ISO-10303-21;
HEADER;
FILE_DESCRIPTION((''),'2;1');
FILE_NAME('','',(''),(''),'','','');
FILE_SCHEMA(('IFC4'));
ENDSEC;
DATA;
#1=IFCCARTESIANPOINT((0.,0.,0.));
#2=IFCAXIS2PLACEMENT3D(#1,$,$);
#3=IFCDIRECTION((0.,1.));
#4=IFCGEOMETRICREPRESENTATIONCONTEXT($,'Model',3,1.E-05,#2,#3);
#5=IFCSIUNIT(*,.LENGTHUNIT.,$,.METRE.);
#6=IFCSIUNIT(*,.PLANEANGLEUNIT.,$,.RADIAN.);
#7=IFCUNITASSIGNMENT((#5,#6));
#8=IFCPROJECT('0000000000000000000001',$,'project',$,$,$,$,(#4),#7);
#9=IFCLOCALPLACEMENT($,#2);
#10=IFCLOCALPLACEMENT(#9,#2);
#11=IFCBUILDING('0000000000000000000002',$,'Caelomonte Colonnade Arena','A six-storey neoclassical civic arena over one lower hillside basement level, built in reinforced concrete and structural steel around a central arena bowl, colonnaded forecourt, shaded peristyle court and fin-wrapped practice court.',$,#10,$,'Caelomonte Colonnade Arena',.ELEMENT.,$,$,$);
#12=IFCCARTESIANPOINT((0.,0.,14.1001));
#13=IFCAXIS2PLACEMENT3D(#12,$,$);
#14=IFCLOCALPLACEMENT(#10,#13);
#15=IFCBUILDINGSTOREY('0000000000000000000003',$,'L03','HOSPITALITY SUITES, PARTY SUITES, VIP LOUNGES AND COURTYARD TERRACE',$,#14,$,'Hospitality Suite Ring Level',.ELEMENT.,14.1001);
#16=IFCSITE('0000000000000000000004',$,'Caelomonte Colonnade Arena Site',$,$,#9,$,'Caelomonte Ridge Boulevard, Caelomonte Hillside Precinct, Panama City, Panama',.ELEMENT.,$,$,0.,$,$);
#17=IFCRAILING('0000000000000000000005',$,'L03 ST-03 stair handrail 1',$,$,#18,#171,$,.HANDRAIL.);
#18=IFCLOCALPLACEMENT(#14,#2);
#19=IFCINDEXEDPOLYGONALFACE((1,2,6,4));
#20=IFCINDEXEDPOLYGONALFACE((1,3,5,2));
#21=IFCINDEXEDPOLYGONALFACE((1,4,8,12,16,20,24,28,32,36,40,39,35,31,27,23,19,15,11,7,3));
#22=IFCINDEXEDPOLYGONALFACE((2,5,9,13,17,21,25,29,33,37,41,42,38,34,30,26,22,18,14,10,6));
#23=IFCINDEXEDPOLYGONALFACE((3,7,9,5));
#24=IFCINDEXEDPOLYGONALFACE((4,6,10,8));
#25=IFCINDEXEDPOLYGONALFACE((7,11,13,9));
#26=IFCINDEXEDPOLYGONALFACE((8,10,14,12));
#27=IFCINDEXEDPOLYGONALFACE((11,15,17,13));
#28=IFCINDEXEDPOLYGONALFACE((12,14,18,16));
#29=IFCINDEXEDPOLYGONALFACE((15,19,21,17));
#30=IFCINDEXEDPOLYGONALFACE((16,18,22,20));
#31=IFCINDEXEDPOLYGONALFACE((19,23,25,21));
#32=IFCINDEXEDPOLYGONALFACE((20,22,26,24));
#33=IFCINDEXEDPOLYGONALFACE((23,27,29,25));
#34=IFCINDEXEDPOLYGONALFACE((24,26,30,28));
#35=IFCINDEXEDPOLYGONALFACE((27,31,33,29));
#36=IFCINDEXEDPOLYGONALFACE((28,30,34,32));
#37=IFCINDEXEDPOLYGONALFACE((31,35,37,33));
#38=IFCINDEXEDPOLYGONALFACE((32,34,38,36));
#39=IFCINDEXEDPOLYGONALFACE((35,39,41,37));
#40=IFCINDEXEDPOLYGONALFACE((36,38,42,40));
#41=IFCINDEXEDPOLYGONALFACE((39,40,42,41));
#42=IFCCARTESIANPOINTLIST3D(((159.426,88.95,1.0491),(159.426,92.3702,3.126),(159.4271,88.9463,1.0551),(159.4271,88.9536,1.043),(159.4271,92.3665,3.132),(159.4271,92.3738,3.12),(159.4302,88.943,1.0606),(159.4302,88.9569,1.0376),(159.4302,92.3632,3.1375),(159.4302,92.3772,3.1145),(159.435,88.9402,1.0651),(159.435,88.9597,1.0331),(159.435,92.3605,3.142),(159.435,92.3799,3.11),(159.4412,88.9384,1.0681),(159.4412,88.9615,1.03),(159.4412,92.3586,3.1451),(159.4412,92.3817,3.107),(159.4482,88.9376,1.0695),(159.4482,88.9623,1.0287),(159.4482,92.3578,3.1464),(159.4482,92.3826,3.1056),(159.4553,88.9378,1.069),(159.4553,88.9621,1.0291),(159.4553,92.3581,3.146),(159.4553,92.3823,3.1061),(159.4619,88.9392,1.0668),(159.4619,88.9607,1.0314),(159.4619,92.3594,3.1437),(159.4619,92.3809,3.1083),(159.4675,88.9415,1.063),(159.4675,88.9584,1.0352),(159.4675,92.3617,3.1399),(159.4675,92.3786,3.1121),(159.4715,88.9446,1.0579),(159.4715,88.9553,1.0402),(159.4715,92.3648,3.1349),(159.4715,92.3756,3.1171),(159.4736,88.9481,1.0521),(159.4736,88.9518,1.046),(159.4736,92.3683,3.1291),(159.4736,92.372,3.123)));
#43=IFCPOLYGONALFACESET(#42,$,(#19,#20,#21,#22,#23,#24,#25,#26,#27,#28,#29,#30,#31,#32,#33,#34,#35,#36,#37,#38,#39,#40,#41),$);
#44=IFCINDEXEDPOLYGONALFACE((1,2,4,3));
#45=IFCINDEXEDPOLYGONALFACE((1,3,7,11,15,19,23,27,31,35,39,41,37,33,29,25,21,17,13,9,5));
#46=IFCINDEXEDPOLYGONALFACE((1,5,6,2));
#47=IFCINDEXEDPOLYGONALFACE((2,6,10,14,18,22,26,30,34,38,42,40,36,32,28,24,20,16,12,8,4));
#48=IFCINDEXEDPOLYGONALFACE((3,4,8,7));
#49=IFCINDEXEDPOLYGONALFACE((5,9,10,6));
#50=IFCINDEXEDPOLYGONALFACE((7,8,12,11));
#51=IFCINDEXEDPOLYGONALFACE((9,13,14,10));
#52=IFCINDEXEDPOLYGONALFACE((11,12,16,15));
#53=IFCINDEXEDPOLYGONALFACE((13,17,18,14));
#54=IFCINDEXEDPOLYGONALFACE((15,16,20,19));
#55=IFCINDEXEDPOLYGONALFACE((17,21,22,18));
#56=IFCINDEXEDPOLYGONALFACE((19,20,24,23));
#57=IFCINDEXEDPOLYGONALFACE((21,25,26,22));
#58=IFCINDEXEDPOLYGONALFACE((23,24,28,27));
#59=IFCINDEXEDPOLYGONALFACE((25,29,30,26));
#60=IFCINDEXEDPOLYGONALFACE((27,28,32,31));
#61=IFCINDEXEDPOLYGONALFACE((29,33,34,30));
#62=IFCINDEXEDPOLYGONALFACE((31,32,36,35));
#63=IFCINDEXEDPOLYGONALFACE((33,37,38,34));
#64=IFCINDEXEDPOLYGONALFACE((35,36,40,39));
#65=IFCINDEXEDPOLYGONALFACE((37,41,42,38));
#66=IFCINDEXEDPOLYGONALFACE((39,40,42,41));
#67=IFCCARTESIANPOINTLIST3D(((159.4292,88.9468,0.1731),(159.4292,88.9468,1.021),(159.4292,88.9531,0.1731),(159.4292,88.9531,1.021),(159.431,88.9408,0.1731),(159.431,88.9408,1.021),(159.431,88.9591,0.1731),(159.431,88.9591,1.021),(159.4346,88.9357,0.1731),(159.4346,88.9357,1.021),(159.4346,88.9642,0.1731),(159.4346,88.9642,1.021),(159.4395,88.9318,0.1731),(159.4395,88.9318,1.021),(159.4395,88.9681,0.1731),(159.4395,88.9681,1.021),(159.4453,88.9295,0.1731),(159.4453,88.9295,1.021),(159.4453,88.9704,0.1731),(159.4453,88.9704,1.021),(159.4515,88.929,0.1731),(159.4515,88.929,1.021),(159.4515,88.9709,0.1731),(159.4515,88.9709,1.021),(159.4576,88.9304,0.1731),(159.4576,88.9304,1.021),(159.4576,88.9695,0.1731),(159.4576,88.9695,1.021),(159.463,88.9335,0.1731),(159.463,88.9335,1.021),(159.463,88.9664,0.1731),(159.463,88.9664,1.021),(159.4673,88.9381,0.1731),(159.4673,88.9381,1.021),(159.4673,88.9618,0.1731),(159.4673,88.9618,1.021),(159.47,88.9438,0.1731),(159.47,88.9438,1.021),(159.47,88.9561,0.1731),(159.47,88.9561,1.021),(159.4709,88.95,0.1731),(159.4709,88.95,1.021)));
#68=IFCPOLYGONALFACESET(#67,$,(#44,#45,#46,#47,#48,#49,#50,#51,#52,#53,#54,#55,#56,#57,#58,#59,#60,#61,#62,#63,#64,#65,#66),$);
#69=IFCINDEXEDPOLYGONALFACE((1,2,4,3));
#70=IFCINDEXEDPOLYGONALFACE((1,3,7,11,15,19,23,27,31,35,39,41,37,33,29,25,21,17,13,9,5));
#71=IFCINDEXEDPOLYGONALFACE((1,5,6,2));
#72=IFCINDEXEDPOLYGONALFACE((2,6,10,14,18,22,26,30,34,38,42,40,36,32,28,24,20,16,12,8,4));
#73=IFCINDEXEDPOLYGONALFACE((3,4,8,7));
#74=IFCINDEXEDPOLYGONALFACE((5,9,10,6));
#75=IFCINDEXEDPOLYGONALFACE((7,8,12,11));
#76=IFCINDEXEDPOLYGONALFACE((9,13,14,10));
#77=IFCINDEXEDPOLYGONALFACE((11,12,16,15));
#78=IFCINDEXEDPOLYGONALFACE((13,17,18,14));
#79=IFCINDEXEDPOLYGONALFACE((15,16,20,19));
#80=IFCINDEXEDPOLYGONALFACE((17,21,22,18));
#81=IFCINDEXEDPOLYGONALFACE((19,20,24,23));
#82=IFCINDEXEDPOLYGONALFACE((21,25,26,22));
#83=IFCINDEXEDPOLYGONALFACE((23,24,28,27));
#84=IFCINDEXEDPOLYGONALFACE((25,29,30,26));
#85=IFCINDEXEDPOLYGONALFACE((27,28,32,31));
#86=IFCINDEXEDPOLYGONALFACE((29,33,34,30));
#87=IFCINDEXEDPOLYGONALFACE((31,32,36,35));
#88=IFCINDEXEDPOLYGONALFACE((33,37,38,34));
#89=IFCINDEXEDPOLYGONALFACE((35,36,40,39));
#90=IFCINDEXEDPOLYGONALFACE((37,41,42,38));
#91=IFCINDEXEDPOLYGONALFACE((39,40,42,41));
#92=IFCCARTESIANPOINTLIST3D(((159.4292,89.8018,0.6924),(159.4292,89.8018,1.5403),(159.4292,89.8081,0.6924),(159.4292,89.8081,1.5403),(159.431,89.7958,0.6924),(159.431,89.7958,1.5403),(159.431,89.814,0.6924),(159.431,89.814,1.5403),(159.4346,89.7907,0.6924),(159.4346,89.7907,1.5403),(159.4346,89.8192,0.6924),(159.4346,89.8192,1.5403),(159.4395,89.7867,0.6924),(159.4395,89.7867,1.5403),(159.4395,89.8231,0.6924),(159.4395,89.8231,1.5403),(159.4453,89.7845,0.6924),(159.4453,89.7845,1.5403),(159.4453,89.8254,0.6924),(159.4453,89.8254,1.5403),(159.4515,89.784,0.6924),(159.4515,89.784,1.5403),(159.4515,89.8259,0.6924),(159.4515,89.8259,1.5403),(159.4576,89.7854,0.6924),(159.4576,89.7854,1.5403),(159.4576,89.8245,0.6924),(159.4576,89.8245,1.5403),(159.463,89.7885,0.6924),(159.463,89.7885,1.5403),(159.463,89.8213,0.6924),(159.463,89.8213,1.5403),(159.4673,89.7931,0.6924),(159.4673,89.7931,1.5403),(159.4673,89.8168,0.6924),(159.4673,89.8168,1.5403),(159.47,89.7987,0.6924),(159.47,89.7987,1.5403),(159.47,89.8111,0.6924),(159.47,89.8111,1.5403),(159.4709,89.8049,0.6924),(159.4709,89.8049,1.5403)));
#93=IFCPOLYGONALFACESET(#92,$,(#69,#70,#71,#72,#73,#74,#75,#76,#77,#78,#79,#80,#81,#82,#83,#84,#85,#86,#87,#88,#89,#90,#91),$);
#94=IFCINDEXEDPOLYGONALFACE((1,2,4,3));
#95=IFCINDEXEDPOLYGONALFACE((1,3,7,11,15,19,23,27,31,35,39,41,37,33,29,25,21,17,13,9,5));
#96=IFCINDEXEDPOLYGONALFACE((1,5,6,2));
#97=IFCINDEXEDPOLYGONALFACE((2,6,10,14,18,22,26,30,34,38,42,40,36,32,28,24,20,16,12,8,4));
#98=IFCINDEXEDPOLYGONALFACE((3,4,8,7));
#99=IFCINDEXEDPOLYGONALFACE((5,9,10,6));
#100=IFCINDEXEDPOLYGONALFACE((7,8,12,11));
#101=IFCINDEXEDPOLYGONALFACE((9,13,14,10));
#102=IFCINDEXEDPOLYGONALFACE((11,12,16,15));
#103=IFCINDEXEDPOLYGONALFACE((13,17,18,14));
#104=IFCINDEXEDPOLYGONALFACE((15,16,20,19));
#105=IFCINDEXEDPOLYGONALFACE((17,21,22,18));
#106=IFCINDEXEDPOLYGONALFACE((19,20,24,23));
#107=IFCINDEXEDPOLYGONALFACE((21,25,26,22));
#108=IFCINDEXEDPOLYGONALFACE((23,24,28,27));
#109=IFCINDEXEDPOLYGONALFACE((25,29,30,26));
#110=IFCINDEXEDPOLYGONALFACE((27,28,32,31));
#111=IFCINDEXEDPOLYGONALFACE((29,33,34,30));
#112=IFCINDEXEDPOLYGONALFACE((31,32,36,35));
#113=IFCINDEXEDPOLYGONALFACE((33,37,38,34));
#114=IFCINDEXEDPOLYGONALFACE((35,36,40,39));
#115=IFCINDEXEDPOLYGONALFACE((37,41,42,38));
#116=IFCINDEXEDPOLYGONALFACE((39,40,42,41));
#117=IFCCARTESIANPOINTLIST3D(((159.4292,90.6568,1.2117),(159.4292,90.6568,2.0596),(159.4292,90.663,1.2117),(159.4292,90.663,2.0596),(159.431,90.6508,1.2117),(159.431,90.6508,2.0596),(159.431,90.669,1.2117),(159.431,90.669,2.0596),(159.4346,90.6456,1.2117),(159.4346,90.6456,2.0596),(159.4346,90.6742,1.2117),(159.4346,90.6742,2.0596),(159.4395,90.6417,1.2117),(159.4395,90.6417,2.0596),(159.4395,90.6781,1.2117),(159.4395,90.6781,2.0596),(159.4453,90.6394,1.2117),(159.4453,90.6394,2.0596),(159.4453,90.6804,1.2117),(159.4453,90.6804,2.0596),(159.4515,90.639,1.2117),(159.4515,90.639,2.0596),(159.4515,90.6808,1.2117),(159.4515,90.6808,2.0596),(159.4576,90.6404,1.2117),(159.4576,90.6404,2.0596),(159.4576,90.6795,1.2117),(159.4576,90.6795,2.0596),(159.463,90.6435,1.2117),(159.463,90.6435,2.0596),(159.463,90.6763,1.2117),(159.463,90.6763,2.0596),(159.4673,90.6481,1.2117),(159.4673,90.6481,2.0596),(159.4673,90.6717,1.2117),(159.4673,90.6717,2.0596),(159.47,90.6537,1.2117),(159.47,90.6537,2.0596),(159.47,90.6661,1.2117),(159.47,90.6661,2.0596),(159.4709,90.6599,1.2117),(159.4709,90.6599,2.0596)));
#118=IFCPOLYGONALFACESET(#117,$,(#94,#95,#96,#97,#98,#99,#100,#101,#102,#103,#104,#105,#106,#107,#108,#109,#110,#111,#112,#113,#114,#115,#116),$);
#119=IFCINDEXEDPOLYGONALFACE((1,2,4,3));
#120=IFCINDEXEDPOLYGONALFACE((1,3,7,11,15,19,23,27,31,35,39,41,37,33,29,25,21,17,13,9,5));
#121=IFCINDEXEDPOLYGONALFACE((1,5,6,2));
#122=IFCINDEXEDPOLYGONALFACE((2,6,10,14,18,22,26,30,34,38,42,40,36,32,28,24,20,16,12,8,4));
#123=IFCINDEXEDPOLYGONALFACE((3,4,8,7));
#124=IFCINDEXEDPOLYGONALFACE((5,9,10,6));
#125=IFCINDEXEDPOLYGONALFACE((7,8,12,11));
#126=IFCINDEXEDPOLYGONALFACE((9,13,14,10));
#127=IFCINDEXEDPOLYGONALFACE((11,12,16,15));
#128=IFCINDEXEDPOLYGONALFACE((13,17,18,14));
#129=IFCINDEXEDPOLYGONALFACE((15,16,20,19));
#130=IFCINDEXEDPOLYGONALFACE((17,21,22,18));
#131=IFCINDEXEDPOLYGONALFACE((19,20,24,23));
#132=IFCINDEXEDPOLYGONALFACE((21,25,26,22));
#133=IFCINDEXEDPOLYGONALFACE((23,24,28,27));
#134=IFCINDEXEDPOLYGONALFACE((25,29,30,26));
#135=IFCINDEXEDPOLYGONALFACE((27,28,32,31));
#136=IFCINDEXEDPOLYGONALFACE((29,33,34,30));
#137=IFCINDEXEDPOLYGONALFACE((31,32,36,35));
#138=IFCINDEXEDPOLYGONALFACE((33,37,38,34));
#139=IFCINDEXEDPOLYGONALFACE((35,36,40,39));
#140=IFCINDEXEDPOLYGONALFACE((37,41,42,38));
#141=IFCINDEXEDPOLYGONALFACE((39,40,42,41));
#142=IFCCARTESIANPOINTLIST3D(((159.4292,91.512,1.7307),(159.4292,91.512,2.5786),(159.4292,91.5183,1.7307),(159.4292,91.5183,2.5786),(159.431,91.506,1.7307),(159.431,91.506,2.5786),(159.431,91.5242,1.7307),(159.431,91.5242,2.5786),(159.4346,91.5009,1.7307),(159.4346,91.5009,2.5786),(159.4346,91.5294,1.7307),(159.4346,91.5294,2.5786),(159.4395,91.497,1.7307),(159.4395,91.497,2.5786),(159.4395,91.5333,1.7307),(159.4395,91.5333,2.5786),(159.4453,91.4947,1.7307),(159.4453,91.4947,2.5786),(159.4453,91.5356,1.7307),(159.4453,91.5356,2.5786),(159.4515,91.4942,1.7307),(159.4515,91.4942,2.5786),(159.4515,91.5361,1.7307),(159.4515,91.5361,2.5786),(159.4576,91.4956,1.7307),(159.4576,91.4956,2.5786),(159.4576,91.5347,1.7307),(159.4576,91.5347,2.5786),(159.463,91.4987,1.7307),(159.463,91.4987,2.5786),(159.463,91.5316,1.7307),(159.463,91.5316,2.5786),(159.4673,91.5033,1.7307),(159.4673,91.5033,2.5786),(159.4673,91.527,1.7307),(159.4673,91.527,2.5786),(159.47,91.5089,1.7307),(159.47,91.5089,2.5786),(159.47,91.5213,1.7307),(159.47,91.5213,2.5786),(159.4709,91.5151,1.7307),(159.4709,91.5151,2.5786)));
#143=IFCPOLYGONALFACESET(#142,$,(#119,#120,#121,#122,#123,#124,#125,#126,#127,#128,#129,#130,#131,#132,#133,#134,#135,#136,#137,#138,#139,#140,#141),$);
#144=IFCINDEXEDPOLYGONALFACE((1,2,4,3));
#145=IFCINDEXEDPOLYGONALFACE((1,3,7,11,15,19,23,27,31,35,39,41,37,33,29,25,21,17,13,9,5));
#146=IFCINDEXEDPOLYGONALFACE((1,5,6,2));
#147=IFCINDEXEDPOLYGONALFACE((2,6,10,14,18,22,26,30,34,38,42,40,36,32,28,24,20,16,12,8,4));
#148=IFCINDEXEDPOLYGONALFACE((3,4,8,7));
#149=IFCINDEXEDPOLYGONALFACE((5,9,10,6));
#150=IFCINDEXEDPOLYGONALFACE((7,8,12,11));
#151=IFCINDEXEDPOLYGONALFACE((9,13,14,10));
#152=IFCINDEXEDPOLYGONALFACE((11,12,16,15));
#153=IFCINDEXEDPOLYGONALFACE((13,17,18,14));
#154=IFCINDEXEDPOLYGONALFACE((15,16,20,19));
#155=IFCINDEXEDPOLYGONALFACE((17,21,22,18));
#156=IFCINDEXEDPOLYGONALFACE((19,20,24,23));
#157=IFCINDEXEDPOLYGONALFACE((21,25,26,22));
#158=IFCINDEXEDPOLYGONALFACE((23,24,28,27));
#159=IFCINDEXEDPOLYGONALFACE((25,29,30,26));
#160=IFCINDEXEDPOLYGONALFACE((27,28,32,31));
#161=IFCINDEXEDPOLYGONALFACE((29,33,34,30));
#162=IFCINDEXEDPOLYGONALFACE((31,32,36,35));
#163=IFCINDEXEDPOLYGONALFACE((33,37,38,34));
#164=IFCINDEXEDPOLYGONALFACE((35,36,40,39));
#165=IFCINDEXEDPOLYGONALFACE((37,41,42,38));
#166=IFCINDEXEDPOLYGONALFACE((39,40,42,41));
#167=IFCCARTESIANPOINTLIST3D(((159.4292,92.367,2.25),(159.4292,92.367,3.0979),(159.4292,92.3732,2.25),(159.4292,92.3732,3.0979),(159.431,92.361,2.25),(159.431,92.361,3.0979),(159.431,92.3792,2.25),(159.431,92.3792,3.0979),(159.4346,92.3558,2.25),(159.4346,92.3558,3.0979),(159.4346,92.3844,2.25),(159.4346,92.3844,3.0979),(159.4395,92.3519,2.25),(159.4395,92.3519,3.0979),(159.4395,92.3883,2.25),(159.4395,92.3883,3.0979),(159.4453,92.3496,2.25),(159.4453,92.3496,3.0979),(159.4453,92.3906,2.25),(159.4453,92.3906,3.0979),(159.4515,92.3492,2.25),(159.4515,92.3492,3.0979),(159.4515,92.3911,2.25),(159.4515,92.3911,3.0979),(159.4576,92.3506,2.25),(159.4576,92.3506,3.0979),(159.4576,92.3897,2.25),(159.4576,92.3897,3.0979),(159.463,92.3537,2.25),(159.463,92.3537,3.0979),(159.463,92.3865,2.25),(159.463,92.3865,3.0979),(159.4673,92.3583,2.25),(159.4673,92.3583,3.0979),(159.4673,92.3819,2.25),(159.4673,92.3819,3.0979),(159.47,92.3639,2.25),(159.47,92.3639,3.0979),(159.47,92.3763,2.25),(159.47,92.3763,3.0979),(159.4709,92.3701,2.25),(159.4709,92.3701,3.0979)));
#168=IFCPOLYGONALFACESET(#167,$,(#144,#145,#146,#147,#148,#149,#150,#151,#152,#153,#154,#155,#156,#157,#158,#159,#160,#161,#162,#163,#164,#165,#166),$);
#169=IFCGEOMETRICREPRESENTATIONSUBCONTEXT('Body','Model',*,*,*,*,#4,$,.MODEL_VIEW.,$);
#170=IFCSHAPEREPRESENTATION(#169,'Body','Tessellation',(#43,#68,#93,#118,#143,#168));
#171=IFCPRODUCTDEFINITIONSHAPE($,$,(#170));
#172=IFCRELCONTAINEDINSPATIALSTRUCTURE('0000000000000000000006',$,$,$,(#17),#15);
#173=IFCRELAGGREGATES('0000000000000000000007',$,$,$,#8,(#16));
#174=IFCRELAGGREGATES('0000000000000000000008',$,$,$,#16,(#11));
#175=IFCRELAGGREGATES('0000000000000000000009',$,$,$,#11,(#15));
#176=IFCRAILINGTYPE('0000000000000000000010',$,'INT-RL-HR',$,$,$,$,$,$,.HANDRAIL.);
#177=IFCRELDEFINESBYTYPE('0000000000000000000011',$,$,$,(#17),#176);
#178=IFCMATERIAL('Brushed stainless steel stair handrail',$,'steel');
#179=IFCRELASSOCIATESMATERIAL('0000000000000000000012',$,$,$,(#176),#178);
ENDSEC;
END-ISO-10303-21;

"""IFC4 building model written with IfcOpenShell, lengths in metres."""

from ifc_helpers import new_model, si_unit, direction, frame, origin, origin_2d, place, context, subcontext, project, spatial, circle, extrude, material, type_object, element, save


model = new_model("IFC4")

# Units and contexts
model_context = context("Model", 3, precision=1e-05, world=origin(), true_north=direction((0.0, 1.0)))
body_context = subcontext(model_context, "Body", "Model", "MODEL_VIEW")
ifc_project = project(units=[si_unit("LENGTHUNIT", "METRE"), si_unit("PLANEANGLEUNIT", "RADIAN")], contexts=[model_context])

# Site, building, storey
site_placement = place(None, origin())
site = spatial("IfcSite", under=ifc_project, at=site_placement, Name="Caelomonte Colonnade Arena Site", LongName="Caelomonte Ridge Boulevard, Caelomonte Hillside Precinct, Panama City, Panama", CompositionType="ELEMENT", RefElevation=0.0)
building_placement = place(site_placement, origin())
building = spatial("IfcBuilding", under=site, at=building_placement, Name="Caelomonte Colonnade Arena", Description="A six-storey neoclassical civic arena over one lower hillside basement level, built in reinforced concrete and structural steel around a central arena bowl, colonnaded forecourt, shaded peristyle court and fin-wrapped practice court.", LongName="Caelomonte Colonnade Arena", CompositionType="ELEMENT")
storey_placement = place(building_placement, frame((0.0, 0.0, 14.1001)))
storey = spatial("IfcBuildingStorey", under=building, at=storey_placement, Name="L03", Description="HOSPITALITY SUITES, PARTY SUITES, VIP LOUNGES AND COURTYARD TERRACE", LongName="Hospitality Suite Ring Level", CompositionType="ELEMENT", Elevation=14.1001)

# Railing
ifc_material_1 = material(Name="Brushed stainless steel stair handrail", Category="steel")
railing_type_1 = type_object("IfcRailingType", Name="INT-RL-HR", PredefinedType="HANDRAIL", material=ifc_material_1)
railing_1_placement = place(storey_placement, frame((159.45, 88.95, 0.1731)))
element("IfcRailing", 1, at=railing_1_placement, inside=storey, type_object=railing_type_1, Name="L03 ST-03 stair handrail 1", PredefinedType="HANDRAIL", context=body_context, shape_type="SweptSolid", body=[
    extrude(circle(Radius=0.0239, at=origin_2d()), frame((0.0, 0.0, 0.876), z_axis=(0.0, 0.854746, 0.519047), x_axis=(-1.0, 0.0, 0.0)), (0.0, 0.0, 1.0), 4.0015),
    extrude(circle(Radius=0.021, at=origin_2d()), origin(), (0.0, 0.0, 1.0), 0.8479),
    extrude(circle(Radius=0.021, at=origin_2d()), frame((0.0, 0.855, 0.5193)), (0.0, 0.0, 1.0), 0.8479),
    extrude(circle(Radius=0.021, at=origin_2d()), frame((0.0, 1.71, 1.0386)), (0.0, 0.0, 1.0), 0.8479),
    extrude(circle(Radius=0.021, at=origin_2d()), frame((0.0, 2.5652, 1.5576)), (0.0, 0.0, 1.0), 0.8479),
    extrude(circle(Radius=0.021, at=origin_2d()), frame((0.0, 3.4202, 2.0769)), (0.0, 0.0, 1.0), 0.8479),
])

save(model, "model.ifc")
